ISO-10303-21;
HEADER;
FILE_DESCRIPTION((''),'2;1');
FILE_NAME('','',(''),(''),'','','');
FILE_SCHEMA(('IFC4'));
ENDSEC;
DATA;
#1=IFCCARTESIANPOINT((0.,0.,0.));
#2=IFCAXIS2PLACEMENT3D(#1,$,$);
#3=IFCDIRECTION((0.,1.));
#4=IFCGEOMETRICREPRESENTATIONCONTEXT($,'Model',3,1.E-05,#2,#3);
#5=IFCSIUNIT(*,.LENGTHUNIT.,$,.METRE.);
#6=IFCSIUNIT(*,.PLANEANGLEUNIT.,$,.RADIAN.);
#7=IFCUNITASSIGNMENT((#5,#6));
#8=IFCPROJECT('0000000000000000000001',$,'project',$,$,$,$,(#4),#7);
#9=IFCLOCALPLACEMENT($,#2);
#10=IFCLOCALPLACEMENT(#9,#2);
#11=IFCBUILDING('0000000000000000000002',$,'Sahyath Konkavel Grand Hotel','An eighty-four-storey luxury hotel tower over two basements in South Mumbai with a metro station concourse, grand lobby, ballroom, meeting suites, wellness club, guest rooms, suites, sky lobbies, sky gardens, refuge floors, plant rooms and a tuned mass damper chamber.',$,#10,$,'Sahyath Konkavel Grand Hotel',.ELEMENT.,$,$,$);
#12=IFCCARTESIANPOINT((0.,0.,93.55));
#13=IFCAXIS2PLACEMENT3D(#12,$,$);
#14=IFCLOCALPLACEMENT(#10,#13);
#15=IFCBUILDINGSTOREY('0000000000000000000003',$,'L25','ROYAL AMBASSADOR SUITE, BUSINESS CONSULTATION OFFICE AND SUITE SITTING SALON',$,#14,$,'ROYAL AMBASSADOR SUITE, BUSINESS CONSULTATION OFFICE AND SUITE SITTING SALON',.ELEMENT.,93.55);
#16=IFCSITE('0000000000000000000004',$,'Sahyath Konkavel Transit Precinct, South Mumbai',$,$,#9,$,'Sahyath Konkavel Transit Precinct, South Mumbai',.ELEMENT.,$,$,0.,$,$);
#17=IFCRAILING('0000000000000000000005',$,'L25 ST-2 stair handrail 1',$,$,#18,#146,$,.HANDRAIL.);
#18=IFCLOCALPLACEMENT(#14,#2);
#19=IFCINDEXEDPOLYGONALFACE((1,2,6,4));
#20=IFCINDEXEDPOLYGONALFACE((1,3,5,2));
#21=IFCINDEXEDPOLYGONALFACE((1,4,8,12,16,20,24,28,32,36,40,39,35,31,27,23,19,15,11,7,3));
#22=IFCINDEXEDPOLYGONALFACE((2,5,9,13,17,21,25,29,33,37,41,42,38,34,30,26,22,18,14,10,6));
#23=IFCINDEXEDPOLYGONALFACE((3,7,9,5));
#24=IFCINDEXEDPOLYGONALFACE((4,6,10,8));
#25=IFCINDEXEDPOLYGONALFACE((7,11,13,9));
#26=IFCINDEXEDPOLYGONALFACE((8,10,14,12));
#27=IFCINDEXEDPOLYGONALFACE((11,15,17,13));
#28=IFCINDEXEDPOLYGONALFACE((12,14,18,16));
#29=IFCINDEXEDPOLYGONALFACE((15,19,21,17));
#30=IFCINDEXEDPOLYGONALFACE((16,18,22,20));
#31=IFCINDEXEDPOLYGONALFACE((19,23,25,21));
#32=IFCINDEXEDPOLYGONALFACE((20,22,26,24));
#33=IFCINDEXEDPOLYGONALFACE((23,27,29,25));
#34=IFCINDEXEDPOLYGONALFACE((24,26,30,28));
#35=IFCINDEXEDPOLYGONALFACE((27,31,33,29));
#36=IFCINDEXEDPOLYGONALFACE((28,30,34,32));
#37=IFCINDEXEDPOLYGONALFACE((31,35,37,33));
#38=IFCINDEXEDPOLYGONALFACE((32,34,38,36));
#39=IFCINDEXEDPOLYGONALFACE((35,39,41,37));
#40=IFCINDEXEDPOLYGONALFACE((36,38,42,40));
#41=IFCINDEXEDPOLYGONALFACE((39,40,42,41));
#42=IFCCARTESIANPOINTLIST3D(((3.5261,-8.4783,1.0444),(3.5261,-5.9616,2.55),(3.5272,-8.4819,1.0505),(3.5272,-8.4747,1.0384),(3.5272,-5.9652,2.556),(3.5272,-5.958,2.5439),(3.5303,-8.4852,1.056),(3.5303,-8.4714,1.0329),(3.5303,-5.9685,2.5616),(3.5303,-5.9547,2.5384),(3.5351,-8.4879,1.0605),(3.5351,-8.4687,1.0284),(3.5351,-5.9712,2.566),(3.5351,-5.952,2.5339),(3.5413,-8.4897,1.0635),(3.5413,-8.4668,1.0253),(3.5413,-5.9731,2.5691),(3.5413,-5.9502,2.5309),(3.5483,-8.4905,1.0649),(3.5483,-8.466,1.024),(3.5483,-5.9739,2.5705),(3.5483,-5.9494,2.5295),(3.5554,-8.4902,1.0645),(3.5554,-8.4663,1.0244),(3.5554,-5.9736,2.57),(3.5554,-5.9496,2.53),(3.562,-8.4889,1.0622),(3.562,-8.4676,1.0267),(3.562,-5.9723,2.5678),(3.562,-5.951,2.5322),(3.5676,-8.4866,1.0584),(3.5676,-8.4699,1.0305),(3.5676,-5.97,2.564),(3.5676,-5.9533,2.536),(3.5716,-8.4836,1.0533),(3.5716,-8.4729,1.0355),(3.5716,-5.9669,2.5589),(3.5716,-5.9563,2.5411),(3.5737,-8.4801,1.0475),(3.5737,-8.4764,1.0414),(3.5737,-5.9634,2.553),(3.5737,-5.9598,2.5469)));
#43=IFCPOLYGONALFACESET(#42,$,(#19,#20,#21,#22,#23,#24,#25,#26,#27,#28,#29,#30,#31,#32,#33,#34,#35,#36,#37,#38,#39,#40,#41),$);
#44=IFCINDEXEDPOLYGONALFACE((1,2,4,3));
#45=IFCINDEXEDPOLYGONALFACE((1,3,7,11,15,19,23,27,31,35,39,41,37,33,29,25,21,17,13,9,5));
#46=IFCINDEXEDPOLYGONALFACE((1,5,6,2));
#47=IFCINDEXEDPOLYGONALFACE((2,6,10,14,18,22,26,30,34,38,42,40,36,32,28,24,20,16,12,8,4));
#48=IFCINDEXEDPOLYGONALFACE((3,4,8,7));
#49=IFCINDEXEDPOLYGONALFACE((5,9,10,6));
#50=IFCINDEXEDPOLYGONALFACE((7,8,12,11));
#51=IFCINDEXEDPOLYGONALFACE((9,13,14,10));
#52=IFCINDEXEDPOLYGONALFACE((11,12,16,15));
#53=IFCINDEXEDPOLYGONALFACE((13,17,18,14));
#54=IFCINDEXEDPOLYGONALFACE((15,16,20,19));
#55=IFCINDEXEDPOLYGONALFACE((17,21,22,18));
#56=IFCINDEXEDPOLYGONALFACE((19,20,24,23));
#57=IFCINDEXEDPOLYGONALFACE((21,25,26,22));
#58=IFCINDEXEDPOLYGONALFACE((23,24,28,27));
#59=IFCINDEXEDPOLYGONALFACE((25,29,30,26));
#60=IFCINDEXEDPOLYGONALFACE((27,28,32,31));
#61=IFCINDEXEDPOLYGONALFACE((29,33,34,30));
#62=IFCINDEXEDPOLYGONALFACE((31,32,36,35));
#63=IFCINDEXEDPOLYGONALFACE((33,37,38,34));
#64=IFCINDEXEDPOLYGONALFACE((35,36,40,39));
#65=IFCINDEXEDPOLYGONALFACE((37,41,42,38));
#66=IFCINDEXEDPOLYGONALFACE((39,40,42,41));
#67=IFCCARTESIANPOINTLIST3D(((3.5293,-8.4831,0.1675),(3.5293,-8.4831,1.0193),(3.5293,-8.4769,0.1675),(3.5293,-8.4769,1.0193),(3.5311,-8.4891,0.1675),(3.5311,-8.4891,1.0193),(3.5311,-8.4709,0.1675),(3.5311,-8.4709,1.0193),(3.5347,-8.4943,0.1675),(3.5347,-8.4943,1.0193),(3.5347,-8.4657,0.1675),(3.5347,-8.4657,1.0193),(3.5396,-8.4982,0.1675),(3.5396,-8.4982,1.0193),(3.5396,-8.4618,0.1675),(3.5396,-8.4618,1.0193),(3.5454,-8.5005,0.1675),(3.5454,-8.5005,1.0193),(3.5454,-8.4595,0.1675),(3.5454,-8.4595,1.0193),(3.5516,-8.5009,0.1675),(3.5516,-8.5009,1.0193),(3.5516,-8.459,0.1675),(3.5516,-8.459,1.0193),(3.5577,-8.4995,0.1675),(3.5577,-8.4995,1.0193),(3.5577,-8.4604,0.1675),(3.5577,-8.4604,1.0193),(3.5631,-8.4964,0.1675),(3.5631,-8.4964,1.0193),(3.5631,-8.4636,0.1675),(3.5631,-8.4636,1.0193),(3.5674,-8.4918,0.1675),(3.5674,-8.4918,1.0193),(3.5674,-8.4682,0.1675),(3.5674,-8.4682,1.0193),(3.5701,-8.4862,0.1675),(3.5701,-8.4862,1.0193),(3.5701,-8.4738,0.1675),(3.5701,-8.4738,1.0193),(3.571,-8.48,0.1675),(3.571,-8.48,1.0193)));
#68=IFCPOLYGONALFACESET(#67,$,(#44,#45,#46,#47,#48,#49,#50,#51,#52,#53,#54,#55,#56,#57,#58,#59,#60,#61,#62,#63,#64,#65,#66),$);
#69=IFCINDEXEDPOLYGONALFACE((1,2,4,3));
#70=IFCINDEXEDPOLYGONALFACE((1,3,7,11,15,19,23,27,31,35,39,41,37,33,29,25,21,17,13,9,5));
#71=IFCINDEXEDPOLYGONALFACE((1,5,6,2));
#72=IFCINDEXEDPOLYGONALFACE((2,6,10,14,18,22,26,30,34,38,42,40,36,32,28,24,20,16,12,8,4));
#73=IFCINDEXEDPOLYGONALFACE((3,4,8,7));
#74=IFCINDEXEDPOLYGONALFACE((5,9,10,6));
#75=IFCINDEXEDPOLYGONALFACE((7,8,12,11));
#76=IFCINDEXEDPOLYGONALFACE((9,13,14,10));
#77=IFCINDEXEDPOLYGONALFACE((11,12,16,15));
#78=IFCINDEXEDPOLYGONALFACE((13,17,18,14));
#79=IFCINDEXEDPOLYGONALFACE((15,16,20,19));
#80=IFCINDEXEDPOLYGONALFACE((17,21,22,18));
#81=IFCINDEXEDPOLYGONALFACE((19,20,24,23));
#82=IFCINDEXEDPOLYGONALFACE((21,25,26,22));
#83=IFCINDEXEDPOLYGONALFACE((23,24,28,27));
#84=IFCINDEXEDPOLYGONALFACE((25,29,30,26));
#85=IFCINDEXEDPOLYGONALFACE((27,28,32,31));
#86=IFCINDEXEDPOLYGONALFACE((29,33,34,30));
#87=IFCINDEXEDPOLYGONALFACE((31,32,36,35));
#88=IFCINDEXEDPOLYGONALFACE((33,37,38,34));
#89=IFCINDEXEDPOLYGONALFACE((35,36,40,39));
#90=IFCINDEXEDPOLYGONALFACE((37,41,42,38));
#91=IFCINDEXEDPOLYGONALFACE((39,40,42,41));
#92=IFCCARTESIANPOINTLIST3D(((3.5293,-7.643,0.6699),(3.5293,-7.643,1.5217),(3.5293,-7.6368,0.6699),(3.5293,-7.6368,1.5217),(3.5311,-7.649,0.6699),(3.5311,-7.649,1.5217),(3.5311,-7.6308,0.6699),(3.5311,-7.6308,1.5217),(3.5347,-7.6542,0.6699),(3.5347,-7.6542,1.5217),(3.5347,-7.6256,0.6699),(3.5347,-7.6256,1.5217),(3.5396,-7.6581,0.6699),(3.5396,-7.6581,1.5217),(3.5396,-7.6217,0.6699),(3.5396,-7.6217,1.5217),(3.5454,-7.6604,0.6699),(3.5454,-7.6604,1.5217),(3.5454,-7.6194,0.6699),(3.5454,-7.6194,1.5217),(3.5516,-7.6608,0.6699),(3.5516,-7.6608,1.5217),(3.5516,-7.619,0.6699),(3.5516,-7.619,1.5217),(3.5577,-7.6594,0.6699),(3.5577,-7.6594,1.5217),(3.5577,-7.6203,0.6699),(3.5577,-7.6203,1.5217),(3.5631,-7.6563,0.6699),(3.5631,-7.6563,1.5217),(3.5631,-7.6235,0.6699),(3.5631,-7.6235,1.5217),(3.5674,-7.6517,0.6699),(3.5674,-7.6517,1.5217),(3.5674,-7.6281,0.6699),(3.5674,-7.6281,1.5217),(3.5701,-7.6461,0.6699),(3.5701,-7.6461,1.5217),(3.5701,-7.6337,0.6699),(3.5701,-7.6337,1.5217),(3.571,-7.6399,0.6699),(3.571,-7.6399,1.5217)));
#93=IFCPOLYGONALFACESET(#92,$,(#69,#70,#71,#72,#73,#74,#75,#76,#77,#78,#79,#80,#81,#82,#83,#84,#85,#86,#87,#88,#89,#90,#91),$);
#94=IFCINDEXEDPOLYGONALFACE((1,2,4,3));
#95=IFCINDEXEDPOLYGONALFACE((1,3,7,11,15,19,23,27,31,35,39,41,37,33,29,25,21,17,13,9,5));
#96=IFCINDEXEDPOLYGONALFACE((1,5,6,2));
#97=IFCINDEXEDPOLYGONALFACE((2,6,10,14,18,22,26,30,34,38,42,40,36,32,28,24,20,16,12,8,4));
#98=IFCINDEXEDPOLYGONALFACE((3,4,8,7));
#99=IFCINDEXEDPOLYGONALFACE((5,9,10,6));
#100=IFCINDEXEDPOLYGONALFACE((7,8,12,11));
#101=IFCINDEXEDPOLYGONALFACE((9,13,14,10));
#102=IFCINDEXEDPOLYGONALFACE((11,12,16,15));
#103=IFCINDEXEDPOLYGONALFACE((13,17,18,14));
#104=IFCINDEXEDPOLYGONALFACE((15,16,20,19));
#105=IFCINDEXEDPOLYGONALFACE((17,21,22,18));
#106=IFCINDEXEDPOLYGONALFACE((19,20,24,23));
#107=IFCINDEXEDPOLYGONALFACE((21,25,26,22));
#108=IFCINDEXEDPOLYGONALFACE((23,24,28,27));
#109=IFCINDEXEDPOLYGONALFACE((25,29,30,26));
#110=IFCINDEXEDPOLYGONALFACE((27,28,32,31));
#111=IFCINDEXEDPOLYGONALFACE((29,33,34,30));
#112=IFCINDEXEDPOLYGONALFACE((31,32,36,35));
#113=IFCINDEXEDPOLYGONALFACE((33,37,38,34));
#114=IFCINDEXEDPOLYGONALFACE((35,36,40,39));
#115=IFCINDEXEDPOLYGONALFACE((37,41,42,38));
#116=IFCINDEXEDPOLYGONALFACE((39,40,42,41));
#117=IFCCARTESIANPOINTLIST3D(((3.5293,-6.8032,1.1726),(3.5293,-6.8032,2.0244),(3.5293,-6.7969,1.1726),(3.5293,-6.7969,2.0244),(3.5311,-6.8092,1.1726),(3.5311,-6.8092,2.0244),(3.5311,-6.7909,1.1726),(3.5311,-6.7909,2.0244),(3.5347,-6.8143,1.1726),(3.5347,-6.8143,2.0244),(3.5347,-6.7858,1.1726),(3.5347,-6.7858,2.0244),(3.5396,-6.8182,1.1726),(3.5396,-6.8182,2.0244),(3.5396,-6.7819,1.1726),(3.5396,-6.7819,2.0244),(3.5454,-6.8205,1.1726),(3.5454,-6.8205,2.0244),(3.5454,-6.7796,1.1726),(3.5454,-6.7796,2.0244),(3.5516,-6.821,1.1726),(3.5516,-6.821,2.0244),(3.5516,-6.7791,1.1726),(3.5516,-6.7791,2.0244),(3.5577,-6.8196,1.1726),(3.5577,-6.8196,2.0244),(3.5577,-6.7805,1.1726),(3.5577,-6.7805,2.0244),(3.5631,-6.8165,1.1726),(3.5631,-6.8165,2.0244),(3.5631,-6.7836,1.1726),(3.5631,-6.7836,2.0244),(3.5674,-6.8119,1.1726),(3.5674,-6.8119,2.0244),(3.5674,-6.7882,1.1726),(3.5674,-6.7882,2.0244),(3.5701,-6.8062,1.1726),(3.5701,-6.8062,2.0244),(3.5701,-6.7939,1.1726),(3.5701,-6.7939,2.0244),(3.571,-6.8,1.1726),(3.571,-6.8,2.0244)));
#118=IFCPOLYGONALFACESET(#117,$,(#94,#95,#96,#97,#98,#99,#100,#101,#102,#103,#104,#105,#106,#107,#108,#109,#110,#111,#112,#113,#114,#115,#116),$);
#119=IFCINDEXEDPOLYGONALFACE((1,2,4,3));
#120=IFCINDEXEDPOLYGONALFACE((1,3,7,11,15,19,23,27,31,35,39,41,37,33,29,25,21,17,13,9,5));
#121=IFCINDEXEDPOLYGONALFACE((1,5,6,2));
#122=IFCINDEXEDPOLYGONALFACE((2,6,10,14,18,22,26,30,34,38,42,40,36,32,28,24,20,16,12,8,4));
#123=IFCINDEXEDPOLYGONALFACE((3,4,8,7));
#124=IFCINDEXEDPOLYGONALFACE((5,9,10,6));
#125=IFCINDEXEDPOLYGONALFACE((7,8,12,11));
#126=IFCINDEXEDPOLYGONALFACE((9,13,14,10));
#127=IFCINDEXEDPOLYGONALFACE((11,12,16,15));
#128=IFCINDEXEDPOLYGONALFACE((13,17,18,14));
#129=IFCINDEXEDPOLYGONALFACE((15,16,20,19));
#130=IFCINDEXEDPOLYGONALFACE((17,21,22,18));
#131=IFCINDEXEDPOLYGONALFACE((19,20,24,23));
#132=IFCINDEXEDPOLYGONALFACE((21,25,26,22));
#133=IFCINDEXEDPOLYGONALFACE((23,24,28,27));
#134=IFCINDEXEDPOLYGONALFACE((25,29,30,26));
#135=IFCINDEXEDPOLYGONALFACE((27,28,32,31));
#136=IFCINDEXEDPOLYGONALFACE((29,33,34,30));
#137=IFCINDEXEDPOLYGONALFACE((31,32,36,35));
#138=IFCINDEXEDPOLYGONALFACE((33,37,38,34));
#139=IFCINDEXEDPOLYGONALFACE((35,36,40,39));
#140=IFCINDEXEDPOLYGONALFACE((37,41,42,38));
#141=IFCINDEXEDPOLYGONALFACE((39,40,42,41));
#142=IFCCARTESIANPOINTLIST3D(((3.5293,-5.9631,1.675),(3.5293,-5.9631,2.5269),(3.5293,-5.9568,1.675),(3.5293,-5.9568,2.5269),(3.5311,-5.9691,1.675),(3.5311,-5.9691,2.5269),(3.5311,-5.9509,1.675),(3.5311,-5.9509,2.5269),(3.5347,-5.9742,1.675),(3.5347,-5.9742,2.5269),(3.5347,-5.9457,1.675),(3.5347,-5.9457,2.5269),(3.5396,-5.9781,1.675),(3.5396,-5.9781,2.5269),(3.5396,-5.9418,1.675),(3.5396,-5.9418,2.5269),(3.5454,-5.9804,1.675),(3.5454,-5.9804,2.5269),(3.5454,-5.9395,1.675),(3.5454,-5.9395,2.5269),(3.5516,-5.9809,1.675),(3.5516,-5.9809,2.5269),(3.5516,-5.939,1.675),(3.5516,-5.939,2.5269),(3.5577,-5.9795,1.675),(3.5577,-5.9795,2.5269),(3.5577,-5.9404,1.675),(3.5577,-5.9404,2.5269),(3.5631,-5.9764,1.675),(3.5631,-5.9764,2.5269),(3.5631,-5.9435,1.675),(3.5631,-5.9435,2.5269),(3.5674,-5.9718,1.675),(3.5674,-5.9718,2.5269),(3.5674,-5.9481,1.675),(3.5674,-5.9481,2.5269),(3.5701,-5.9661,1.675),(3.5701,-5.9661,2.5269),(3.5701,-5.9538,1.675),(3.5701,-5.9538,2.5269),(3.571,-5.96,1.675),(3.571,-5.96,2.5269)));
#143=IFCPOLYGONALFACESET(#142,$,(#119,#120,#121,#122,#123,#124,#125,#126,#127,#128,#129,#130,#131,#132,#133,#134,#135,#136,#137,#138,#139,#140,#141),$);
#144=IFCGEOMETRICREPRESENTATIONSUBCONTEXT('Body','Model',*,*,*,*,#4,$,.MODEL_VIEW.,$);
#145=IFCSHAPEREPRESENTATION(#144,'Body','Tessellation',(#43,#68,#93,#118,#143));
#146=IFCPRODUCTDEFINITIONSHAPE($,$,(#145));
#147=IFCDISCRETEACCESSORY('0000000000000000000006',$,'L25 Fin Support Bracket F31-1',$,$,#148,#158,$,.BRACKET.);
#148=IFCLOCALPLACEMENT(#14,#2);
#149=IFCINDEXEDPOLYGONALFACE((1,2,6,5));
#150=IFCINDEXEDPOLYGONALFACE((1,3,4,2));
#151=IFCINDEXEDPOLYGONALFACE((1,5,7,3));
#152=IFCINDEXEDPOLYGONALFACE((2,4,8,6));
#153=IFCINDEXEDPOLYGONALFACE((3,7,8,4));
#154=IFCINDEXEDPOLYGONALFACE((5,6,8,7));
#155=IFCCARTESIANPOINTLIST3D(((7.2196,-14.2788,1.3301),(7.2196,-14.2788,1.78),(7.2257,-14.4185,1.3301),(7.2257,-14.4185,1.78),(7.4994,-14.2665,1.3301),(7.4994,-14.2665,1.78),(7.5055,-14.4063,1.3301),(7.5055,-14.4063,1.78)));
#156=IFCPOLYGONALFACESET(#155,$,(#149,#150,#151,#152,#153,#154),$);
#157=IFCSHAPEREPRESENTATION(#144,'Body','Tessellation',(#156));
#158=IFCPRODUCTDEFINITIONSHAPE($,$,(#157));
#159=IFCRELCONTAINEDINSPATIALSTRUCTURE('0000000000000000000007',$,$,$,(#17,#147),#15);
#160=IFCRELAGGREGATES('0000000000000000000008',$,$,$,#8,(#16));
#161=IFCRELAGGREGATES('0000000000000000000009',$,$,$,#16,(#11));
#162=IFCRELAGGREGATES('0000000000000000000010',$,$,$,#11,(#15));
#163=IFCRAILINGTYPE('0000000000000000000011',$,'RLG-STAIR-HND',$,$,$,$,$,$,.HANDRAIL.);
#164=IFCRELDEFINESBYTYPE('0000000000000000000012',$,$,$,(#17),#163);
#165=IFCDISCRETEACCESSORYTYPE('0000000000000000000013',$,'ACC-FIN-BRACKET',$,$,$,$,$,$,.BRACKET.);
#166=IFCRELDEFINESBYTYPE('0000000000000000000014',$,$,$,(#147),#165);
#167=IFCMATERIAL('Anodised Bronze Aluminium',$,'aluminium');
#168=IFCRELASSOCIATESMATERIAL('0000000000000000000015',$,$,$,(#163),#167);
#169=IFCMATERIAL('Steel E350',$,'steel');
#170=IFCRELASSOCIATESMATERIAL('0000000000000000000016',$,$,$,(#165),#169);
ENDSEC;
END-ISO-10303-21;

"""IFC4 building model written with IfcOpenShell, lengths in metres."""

from ifc_helpers import new_model, si_unit, direction, frame, origin, origin_2d, place, context, subcontext, project, spatial, rectangle, circle, extrude, source, transform, mapped, material, type_object, element, save


model = new_model("IFC4")

# Units and contexts
model_context = context("Model", 3, precision=1e-05, world=origin(), true_north=direction((0.0, 1.0)))
body_context = subcontext(model_context, "Body", "Model", "MODEL_VIEW")
ifc_project = project(units=[si_unit("LENGTHUNIT", "METRE"), si_unit("PLANEANGLEUNIT", "RADIAN")], contexts=[model_context])

# Site, building, storey
site_placement = place(None, origin())
site = spatial("IfcSite", under=ifc_project, at=site_placement, Name="Sahyath Konkavel Transit Precinct, South Mumbai", LongName="Sahyath Konkavel Transit Precinct, South Mumbai", CompositionType="ELEMENT", RefElevation=0.0)
building_placement = place(site_placement, origin())
building = spatial("IfcBuilding", under=site, at=building_placement, Name="Sahyath Konkavel Grand Hotel", Description="An eighty-four-storey luxury hotel tower over two basements in South Mumbai with a metro station concourse, grand lobby, ballroom, meeting suites, wellness club, guest rooms, suites, sky lobbies, sky gardens, refuge floors, plant rooms and a tuned mass damper chamber.", LongName="Sahyath Konkavel Grand Hotel", CompositionType="ELEMENT")
storey_placement = place(building_placement, frame((0.0, 0.0, 93.55)))
storey = spatial("IfcBuildingStorey", under=building, at=storey_placement, Name="L25", Description="ROYAL AMBASSADOR SUITE, BUSINESS CONSULTATION OFFICE AND SUITE SITTING SALON", LongName="ROYAL AMBASSADOR SUITE, BUSINESS CONSULTATION OFFICE AND SUITE SITTING SALON", CompositionType="ELEMENT", Elevation=93.55)

# Shared definitions
ifc_material_1 = material(Name="Steel E350", Category="steel")

# Shared definitions
ifc_material_2 = material(Name="Anodised Bronze Aluminium", Category="aluminium")

# Railing
railing_type_1 = type_object("IfcRailingType", Name="RLG-STAIR-HND", PredefinedType="HANDRAIL", material=ifc_material_2)
railing_1_placement = place(storey_placement, frame((3.55, -8.48, 0.1675)))
element("IfcRailing", 1, at=railing_1_placement, inside=storey, type_object=railing_type_1, Name="L25 ST-2 stair handrail 1", PredefinedType="HANDRAIL", context=body_context, shape_type="SweptSolid", body=[
    extrude(circle(Radius=0.0239, at=origin_2d()), frame((0.0, 0.0017, 0.877), z_axis=(0.0, 0.85816, 0.513383), x_axis=(-1.0, 0.0, 0.0)), (0.0, 0.0, 1.0), 2.9326),
    extrude(circle(Radius=0.021, at=origin_2d()), origin(), (0.0, 0.0, 1.0), 0.8518),
    extrude(circle(Radius=0.021, at=origin_2d()), frame((0.0, 0.8401, 0.5024)), (0.0, 0.0, 1.0), 0.8518),
    extrude(circle(Radius=0.021, at=origin_2d()), frame((0.0, 1.6799, 1.0051)), (0.0, 0.0, 1.0), 0.8518),
    extrude(circle(Radius=0.021, at=origin_2d()), frame((0.0, 2.52, 1.5076)), (0.0, 0.0, 1.0), 0.8518),
])

# Discrete accessory
discrete_accessory_type = type_object("IfcDiscreteAccessoryType", Name="ACC-FIN-BRACKET", PredefinedType="BRACKET", material=ifc_material_1)
shared_shape_1 = source(origin(), body_context, "Body", "SweptSolid", [
    extrude(rectangle(XDim=0.28, YDim=0.1399, at=origin_2d()), origin(), (0.0, 0.0, 1.0), 0.45),
])
discrete_accessory_placement = place(storey_placement, frame((7.3625, -14.3425, 1.3301), z_axis=(0.0, 0.0, 1.0), x_axis=(0.999048, 0.043619, 0.0)))
element("IfcDiscreteAccessory", 2, at=discrete_accessory_placement, inside=storey, type_object=discrete_accessory_type, Name="L25 Fin Support Bracket F31-1", PredefinedType="BRACKET", context=body_context, shape_type="MappedRepresentation", body=[
    mapped(shared_shape_1, transform((0.0, 0.0, 0.0), scale=1.0)),
])

save(model, "model.ifc")
